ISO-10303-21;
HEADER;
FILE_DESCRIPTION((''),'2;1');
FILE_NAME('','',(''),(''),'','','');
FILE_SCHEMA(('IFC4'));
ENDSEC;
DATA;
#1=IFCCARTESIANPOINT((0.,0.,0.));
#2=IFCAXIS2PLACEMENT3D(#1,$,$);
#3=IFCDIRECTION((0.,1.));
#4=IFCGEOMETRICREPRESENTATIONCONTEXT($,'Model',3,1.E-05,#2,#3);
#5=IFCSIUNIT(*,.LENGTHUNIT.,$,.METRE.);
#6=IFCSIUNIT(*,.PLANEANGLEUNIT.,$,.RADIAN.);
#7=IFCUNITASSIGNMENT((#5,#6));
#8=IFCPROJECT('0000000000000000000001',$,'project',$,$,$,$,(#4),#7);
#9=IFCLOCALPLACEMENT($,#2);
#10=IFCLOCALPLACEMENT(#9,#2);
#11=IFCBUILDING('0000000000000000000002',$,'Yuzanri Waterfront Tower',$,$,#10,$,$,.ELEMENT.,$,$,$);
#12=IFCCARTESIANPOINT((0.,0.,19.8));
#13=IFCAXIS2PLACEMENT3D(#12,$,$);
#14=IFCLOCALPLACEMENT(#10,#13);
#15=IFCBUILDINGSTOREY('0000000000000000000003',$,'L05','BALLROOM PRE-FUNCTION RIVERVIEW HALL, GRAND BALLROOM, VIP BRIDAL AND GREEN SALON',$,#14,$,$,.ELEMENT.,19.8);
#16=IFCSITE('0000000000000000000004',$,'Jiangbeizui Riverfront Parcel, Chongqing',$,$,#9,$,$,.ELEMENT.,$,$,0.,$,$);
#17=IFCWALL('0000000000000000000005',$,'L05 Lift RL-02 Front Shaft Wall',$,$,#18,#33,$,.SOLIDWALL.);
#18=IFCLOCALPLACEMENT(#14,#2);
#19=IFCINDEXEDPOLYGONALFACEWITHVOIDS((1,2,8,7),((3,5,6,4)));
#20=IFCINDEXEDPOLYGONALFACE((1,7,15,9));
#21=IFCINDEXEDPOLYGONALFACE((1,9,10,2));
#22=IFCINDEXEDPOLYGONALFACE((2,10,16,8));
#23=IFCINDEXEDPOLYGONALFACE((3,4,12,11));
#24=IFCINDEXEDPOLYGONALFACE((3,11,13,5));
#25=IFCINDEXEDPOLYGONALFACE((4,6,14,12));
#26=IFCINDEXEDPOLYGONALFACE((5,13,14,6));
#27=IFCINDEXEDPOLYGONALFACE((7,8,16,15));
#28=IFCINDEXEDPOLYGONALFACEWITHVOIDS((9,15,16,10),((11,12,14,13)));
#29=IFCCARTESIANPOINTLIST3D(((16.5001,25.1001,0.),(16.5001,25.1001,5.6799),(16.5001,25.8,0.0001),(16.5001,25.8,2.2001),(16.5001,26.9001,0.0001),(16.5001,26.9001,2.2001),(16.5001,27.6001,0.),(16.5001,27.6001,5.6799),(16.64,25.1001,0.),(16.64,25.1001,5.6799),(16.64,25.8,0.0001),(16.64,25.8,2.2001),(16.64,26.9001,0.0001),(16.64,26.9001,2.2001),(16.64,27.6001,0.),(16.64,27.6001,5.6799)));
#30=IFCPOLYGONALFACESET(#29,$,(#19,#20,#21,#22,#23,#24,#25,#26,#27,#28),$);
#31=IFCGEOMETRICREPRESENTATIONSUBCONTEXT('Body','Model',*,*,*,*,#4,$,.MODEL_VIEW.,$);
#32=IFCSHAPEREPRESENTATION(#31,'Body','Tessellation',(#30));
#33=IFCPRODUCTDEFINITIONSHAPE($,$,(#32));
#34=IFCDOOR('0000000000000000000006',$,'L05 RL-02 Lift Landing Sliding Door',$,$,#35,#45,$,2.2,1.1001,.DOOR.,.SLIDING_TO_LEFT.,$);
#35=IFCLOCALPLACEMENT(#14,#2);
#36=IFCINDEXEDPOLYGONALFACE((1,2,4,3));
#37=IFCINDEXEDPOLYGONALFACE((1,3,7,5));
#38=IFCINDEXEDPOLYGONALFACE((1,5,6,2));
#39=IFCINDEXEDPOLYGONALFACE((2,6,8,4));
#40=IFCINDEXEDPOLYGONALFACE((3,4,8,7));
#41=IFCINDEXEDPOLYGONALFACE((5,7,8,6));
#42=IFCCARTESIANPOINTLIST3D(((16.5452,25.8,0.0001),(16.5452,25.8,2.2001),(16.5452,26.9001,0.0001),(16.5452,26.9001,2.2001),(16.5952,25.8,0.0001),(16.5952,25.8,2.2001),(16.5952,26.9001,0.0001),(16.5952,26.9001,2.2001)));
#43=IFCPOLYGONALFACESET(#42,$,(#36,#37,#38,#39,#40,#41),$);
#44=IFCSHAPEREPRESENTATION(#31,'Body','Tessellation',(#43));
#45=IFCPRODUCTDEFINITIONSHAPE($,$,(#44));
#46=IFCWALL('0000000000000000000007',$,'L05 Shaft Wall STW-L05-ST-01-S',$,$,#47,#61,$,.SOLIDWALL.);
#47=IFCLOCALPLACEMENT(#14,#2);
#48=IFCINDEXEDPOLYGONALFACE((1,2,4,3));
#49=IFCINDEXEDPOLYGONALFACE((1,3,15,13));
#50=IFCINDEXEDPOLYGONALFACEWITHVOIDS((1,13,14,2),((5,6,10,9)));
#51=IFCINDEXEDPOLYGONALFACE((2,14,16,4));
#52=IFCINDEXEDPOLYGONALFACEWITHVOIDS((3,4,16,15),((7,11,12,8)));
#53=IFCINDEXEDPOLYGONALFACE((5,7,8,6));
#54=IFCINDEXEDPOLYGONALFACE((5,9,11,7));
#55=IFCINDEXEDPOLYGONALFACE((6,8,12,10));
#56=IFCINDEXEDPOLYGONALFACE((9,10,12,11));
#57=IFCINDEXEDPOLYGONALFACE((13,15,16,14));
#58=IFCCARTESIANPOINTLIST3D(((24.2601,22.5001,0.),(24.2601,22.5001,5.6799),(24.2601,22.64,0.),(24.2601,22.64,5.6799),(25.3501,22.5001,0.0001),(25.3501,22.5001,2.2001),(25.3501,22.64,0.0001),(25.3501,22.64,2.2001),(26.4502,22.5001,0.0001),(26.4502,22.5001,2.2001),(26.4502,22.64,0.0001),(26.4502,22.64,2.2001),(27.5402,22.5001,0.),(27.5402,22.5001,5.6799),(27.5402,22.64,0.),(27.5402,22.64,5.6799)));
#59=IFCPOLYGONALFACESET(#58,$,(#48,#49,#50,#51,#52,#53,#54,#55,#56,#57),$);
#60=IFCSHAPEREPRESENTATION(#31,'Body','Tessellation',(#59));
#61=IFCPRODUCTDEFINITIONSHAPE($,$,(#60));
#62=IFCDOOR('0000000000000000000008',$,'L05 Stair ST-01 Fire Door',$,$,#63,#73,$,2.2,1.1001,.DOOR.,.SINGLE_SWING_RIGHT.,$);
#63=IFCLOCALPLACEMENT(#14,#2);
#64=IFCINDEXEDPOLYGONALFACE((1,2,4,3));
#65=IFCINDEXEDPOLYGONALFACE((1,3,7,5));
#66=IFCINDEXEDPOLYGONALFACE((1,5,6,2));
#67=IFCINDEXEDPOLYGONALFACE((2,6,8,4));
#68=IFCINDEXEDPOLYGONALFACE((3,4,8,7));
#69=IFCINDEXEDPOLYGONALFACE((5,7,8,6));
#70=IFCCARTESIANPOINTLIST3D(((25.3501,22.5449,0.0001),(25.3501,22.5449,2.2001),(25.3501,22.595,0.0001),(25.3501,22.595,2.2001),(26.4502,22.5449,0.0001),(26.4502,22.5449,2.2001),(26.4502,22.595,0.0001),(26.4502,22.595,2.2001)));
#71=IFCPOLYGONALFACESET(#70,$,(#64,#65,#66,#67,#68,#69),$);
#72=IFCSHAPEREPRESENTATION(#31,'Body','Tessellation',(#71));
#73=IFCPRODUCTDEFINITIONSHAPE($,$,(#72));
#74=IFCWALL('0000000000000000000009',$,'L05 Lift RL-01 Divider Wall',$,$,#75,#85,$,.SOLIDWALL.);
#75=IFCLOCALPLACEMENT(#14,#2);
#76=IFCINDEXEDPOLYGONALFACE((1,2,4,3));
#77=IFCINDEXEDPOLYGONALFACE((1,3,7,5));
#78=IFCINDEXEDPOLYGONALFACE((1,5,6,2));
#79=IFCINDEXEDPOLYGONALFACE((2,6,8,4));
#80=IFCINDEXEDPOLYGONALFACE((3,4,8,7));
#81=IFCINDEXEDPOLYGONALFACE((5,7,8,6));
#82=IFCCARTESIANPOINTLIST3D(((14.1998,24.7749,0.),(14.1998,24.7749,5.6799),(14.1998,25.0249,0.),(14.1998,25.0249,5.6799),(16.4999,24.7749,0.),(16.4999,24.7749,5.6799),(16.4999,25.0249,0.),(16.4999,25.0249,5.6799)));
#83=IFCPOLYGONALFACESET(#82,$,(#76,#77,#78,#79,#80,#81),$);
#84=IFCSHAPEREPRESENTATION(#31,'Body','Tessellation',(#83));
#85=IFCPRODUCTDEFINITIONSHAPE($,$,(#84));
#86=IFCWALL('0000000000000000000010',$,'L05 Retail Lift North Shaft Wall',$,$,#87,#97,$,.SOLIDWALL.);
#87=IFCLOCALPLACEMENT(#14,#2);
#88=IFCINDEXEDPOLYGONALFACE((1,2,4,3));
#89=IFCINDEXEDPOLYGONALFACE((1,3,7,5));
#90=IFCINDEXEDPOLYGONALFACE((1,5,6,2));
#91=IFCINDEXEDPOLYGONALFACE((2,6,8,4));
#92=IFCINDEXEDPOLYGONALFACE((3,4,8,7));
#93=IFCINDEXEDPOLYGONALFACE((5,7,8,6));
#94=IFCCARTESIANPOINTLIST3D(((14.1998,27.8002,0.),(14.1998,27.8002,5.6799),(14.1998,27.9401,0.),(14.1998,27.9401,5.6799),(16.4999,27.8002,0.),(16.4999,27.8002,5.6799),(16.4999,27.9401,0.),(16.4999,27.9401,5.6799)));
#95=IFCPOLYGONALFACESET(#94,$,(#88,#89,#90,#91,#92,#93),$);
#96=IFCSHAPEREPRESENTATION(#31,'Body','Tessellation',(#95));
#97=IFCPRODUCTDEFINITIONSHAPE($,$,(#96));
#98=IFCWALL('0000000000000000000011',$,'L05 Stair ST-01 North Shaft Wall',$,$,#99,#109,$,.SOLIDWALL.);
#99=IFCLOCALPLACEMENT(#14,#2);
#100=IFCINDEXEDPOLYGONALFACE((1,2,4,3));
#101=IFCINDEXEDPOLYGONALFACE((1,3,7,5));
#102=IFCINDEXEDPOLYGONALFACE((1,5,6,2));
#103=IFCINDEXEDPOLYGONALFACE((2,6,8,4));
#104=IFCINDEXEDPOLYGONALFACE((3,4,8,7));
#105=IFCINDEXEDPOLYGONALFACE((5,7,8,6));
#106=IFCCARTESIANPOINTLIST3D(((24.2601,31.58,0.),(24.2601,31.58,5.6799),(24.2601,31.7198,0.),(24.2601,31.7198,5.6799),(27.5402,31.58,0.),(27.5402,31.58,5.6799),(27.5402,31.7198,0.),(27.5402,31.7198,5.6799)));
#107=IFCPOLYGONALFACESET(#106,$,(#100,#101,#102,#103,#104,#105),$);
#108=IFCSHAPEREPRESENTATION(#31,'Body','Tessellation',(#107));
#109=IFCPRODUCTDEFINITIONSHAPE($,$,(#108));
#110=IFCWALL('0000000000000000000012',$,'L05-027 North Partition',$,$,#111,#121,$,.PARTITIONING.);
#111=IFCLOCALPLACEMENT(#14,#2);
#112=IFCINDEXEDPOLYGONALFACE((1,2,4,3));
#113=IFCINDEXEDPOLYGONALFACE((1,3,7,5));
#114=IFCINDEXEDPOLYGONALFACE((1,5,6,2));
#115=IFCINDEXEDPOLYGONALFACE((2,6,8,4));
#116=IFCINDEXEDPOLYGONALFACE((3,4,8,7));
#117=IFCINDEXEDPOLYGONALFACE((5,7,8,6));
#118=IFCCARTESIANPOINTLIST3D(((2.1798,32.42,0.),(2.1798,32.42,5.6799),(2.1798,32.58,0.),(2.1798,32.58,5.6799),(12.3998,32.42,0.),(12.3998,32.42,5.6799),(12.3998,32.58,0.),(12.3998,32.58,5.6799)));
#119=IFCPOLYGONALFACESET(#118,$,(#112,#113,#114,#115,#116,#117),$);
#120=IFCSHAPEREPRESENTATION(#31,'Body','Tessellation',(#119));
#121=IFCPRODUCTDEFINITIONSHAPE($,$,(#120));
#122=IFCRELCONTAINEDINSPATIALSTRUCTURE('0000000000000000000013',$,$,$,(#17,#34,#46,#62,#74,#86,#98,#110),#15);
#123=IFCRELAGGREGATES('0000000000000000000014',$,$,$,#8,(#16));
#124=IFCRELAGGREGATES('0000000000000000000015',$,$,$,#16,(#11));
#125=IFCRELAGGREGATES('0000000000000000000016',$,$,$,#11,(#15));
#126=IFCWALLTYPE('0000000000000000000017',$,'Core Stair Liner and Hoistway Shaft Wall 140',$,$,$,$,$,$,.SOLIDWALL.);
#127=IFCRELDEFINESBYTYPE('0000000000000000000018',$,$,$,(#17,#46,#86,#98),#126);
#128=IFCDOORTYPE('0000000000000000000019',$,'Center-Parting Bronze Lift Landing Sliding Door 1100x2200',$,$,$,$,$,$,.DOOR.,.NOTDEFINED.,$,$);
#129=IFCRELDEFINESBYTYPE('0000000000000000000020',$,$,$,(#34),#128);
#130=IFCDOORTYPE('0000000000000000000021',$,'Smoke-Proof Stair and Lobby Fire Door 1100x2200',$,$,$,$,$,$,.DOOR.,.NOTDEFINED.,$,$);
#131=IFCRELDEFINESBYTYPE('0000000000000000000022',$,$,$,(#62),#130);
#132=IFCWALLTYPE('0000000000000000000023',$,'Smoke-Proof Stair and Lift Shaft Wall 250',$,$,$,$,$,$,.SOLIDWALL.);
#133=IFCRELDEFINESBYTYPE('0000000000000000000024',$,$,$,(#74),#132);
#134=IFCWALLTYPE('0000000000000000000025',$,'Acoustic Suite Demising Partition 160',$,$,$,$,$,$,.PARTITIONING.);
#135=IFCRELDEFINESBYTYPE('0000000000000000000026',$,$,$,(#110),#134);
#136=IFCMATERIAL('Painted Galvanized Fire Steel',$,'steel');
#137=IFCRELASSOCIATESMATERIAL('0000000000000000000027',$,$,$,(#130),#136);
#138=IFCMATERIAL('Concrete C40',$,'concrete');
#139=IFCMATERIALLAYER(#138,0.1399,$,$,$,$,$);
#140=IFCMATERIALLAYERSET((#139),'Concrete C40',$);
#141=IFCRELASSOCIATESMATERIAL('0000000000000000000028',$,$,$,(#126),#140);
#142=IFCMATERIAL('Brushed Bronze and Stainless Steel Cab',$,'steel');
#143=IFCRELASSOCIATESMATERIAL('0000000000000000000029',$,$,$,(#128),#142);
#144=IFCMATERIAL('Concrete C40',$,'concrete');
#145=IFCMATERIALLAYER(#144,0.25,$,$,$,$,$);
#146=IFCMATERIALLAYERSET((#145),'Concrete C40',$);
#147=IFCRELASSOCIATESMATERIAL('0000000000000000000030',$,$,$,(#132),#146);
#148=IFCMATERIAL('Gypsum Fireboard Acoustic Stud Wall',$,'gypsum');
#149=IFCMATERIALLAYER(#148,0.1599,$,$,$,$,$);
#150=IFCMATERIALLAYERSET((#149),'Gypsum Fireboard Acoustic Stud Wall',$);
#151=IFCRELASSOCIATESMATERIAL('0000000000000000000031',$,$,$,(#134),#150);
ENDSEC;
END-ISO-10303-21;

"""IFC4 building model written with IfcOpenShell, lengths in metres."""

from ifc_helpers import new_model, si_unit, direction, frame, frame_2d, origin, place, context, subcontext, project, spatial, rectangle, extrude, source, transform, mapped, material, layer, layer_set, type_object, element, fill, save


model = new_model("IFC4")

# Units and contexts
model_context = context("Model", 3, precision=1e-05, world=origin(), true_north=direction((0.0, 1.0)))
body_context = subcontext(model_context, "Body", "Model", "MODEL_VIEW")
ifc_project = project(units=[si_unit("LENGTHUNIT", "METRE"), si_unit("PLANEANGLEUNIT", "RADIAN")], contexts=[model_context])

# Site, building, storey
site_placement = place(None, origin())
site = spatial("IfcSite", under=ifc_project, at=site_placement, Name="Jiangbeizui Riverfront Parcel, Chongqing", CompositionType="ELEMENT", RefElevation=0.0)
building_placement = place(site_placement, origin())
building = spatial("IfcBuilding", under=site, at=building_placement, Name="Yuzanri Waterfront Tower", CompositionType="ELEMENT")
storey_placement = place(building_placement, frame((0.0, 0.0, 19.8)))
storey = spatial("IfcBuildingStorey", under=building, at=storey_placement, Name="L05", Description="BALLROOM PRE-FUNCTION RIVERVIEW HALL, GRAND BALLROOM, VIP BRIDAL AND GREEN SALON", CompositionType="ELEMENT", Elevation=19.8)

# Shared definitions
ifc_material_1 = material(Name="Painted Galvanized Fire Steel", Category="steel")
door_type_1 = type_object("IfcDoorType", Name="Smoke-Proof Stair and Lobby Fire Door 1100x2200", OperationType="NOTDEFINED", PredefinedType="DOOR", material=ifc_material_1)
shared_shape_1 = source(origin(), body_context, "Body", "SweptSolid", [
    extrude(rectangle(XDim=1.1001, YDim=2.2, at=frame_2d((0.55, 1.1001))), frame((0.0, 0.0249, 0.0), z_axis=(0.0, -1.0, 0.0), x_axis=(1.0, 0.0, 0.0)), (0.0, 0.0, 1.0), 0.05),
])

# Walls, openings, doors
ifc_material_2 = material(Name="Concrete C40", Category="concrete")
ifc_layer_1 = layer(ifc_material_2, 0.1399)
ifc_layer_set_1 = layer_set([ifc_layer_1], Name="Concrete C40")
wall_type_1 = type_object("IfcWallType", Name="Core Stair Liner and Hoistway Shaft Wall 140", PredefinedType="SOLIDWALL", material=ifc_layer_set_1)
wall_1_placement = place(storey_placement, frame((16.5701, 25.1001, 0.0), z_axis=(0.0, 0.0, 1.0), x_axis=(0.0, 1.0, 0.0)))
wall_1 = element("IfcWall", 1, at=wall_1_placement, inside=storey, type_object=wall_type_1, Name="L05 Lift RL-02 Front Shaft Wall", PredefinedType="SOLIDWALL", context=body_context, shape_type="SweptSolid", body=[
    extrude(rectangle(XDim=2.5, YDim=0.1399, at=frame_2d((1.25, 0.0))), origin(), (0.0, 0.0, 1.0), 5.6799),
])
opening_1_placement = place(wall_1_placement, frame((0.7, 0.0, 0.0)))
opening_1 = element("IfcOpeningElement", 2, at=opening_1_placement, cuts=wall_1, PredefinedType="OPENING", context=body_context, shape_type="SweptSolid", body=[
    extrude(rectangle(XDim=1.1001, YDim=2.2, at=frame_2d((0.55, 1.1001))), frame((0.0, 0.085, 0.0), z_axis=(0.0, -1.0, 0.0), x_axis=(1.0, 0.0, 0.0)), (0.0, 0.0, 1.0), 0.1697),
])
ifc_material_3 = material(Name="Brushed Bronze and Stainless Steel Cab", Category="steel")
door_type_2 = type_object("IfcDoorType", Name="Center-Parting Bronze Lift Landing Sliding Door 1100x2200", OperationType="NOTDEFINED", PredefinedType="DOOR", material=ifc_material_3)
shared_shape_2 = source(origin(), body_context, "Body", "SweptSolid", [
    extrude(rectangle(XDim=1.1001, YDim=2.2, at=frame_2d((0.55, 1.1001))), frame((0.0, 0.0249, 0.0), z_axis=(0.0, -1.0, 0.0), x_axis=(1.0, 0.0, 0.0)), (0.0, 0.0, 1.0), 0.05),
])
door_1_placement = place(opening_1_placement, origin())
door_1 = element("IfcDoor", 3, at=door_1_placement, inside=storey, type_object=door_type_2, Name="L05 RL-02 Lift Landing Sliding Door", OperationType="SLIDING_TO_LEFT", OverallHeight=2.2, OverallWidth=1.1001, PredefinedType="DOOR", context=body_context, shape_type="MappedRepresentation", body=[
    mapped(shared_shape_2, transform((0.0, 0.0, 0.0), scale=1.0)),
])
fill(opening_1, door_1)
wall_2_placement = place(storey_placement, frame((24.26, 22.5701, 0.0), z_axis=(0.0, 0.0, 1.0), x_axis=(1.0, 0.0, 0.0)))
wall_2 = element("IfcWall", 4, at=wall_2_placement, inside=storey, type_object=wall_type_1, Name="L05 Shaft Wall STW-L05-ST-01-S", PredefinedType="SOLIDWALL", context=body_context, shape_type="SweptSolid", body=[
    extrude(rectangle(XDim=3.28, YDim=0.1399, at=frame_2d((1.6401, 0.0))), origin(), (0.0, 0.0, 1.0), 5.6799),
])
opening_2_placement = place(wall_2_placement, frame((1.0901, 0.0, 0.0)))
opening_2 = element("IfcOpeningElement", 5, at=opening_2_placement, cuts=wall_2, PredefinedType="OPENING", context=body_context, shape_type="SweptSolid", body=[
    extrude(rectangle(XDim=1.1001, YDim=2.2, at=frame_2d((0.55, 1.1001))), frame((0.0, 0.085, 0.0), z_axis=(0.0, -1.0, 0.0), x_axis=(1.0, 0.0, 0.0)), (0.0, 0.0, 1.0), 0.1697),
])
door_2_placement = place(opening_2_placement, origin())
door_2 = element("IfcDoor", 6, at=door_2_placement, inside=storey, type_object=door_type_1, Name="L05 Stair ST-01 Fire Door", OperationType="SINGLE_SWING_RIGHT", OverallHeight=2.2, OverallWidth=1.1001, PredefinedType="DOOR", context=body_context, shape_type="MappedRepresentation", body=[
    mapped(shared_shape_1, transform((0.0, 0.0, 0.0), scale=1.0)),
])
fill(opening_2, door_2)

# Walls
ifc_material_4 = material(Name="Concrete C40", Category="concrete")
ifc_layer_2 = layer(ifc_material_4, 0.25)
ifc_layer_set_2 = layer_set([ifc_layer_2], Name="Concrete C40")
wall_type_2 = type_object("IfcWallType", Name="Smoke-Proof Stair and Lift Shaft Wall 250", PredefinedType="SOLIDWALL", material=ifc_layer_set_2)
shared_shape_3 = source(origin(), body_context, "Body", "SweptSolid", [
    extrude(rectangle(XDim=2.3, YDim=0.25, at=frame_2d((1.1499, 0.0))), origin(), (0.0, 0.0, 1.0), 5.6799),
])
wall_3_placement = place(storey_placement, frame((14.2, 24.8999, 0.0), z_axis=(0.0, 0.0, 1.0), x_axis=(1.0, 0.0, 0.0)))
element("IfcWall", 7, at=wall_3_placement, inside=storey, type_object=wall_type_2, Name="L05 Lift RL-01 Divider Wall", PredefinedType="SOLIDWALL", context=body_context, shape_type="MappedRepresentation", body=[
    mapped(shared_shape_3, transform((0.0, 0.0, 0.0), scale=1.0)),
])
shared_shape_4 = source(origin(), body_context, "Body", "SweptSolid", [
    extrude(rectangle(XDim=2.3, YDim=0.1399, at=frame_2d((1.1499, 0.0))), origin(), (0.0, 0.0, 1.0), 5.6799),
])
wall_4_placement = place(storey_placement, frame((14.2, 27.8701, 0.0), z_axis=(0.0, 0.0, 1.0), x_axis=(1.0, 0.0, 0.0)))
element("IfcWall", 8, at=wall_4_placement, inside=storey, type_object=wall_type_1, Name="L05 Retail Lift North Shaft Wall", PredefinedType="SOLIDWALL", context=body_context, shape_type="MappedRepresentation", body=[
    mapped(shared_shape_4, transform((0.0, 0.0, 0.0), scale=1.0)),
])
shared_shape_5 = source(origin(), body_context, "Body", "SweptSolid", [
    extrude(rectangle(XDim=3.28, YDim=0.1399, at=frame_2d((1.6401, 0.0))), origin(), (0.0, 0.0, 1.0), 5.6799),
])
wall_5_placement = place(storey_placement, frame((24.26, 31.6499, 0.0), z_axis=(0.0, 0.0, 1.0), x_axis=(1.0, 0.0, 0.0)))
element("IfcWall", 9, at=wall_5_placement, inside=storey, type_object=wall_type_1, Name="L05 Stair ST-01 North Shaft Wall", PredefinedType="SOLIDWALL", context=body_context, shape_type="MappedRepresentation", body=[
    mapped(shared_shape_5, transform((0.0, 0.0, 0.0), scale=1.0)),
])
ifc_material_5 = material(Name="Gypsum Fireboard Acoustic Stud Wall", Category="gypsum")
ifc_layer_3 = layer(ifc_material_5, 0.1599)
ifc_layer_set_3 = layer_set([ifc_layer_3], Name="Gypsum Fireboard Acoustic Stud Wall")
wall_type_3 = type_object("IfcWallType", Name="Acoustic Suite Demising Partition 160", PredefinedType="PARTITIONING", material=ifc_layer_set_3)
shared_shape_6 = source(origin(), body_context, "Body", "SweptSolid", [
    extrude(rectangle(XDim=10.22, YDim=0.1599, at=frame_2d((5.1099, 0.0))), origin(), (0.0, 0.0, 1.0), 5.6799),
])
wall_6_placement = place(storey_placement, frame((2.1799, 32.5, 0.0), z_axis=(0.0, 0.0, 1.0), x_axis=(1.0, 0.0, 0.0)))
element("IfcWall", 10, at=wall_6_placement, inside=storey, type_object=wall_type_3, Name="L05-027 North Partition", PredefinedType="PARTITIONING", context=body_context, shape_type="MappedRepresentation", body=[
    mapped(shared_shape_6, transform((0.0, 0.0, 0.0), scale=1.0)),
])

save(model, "model.ifc")
